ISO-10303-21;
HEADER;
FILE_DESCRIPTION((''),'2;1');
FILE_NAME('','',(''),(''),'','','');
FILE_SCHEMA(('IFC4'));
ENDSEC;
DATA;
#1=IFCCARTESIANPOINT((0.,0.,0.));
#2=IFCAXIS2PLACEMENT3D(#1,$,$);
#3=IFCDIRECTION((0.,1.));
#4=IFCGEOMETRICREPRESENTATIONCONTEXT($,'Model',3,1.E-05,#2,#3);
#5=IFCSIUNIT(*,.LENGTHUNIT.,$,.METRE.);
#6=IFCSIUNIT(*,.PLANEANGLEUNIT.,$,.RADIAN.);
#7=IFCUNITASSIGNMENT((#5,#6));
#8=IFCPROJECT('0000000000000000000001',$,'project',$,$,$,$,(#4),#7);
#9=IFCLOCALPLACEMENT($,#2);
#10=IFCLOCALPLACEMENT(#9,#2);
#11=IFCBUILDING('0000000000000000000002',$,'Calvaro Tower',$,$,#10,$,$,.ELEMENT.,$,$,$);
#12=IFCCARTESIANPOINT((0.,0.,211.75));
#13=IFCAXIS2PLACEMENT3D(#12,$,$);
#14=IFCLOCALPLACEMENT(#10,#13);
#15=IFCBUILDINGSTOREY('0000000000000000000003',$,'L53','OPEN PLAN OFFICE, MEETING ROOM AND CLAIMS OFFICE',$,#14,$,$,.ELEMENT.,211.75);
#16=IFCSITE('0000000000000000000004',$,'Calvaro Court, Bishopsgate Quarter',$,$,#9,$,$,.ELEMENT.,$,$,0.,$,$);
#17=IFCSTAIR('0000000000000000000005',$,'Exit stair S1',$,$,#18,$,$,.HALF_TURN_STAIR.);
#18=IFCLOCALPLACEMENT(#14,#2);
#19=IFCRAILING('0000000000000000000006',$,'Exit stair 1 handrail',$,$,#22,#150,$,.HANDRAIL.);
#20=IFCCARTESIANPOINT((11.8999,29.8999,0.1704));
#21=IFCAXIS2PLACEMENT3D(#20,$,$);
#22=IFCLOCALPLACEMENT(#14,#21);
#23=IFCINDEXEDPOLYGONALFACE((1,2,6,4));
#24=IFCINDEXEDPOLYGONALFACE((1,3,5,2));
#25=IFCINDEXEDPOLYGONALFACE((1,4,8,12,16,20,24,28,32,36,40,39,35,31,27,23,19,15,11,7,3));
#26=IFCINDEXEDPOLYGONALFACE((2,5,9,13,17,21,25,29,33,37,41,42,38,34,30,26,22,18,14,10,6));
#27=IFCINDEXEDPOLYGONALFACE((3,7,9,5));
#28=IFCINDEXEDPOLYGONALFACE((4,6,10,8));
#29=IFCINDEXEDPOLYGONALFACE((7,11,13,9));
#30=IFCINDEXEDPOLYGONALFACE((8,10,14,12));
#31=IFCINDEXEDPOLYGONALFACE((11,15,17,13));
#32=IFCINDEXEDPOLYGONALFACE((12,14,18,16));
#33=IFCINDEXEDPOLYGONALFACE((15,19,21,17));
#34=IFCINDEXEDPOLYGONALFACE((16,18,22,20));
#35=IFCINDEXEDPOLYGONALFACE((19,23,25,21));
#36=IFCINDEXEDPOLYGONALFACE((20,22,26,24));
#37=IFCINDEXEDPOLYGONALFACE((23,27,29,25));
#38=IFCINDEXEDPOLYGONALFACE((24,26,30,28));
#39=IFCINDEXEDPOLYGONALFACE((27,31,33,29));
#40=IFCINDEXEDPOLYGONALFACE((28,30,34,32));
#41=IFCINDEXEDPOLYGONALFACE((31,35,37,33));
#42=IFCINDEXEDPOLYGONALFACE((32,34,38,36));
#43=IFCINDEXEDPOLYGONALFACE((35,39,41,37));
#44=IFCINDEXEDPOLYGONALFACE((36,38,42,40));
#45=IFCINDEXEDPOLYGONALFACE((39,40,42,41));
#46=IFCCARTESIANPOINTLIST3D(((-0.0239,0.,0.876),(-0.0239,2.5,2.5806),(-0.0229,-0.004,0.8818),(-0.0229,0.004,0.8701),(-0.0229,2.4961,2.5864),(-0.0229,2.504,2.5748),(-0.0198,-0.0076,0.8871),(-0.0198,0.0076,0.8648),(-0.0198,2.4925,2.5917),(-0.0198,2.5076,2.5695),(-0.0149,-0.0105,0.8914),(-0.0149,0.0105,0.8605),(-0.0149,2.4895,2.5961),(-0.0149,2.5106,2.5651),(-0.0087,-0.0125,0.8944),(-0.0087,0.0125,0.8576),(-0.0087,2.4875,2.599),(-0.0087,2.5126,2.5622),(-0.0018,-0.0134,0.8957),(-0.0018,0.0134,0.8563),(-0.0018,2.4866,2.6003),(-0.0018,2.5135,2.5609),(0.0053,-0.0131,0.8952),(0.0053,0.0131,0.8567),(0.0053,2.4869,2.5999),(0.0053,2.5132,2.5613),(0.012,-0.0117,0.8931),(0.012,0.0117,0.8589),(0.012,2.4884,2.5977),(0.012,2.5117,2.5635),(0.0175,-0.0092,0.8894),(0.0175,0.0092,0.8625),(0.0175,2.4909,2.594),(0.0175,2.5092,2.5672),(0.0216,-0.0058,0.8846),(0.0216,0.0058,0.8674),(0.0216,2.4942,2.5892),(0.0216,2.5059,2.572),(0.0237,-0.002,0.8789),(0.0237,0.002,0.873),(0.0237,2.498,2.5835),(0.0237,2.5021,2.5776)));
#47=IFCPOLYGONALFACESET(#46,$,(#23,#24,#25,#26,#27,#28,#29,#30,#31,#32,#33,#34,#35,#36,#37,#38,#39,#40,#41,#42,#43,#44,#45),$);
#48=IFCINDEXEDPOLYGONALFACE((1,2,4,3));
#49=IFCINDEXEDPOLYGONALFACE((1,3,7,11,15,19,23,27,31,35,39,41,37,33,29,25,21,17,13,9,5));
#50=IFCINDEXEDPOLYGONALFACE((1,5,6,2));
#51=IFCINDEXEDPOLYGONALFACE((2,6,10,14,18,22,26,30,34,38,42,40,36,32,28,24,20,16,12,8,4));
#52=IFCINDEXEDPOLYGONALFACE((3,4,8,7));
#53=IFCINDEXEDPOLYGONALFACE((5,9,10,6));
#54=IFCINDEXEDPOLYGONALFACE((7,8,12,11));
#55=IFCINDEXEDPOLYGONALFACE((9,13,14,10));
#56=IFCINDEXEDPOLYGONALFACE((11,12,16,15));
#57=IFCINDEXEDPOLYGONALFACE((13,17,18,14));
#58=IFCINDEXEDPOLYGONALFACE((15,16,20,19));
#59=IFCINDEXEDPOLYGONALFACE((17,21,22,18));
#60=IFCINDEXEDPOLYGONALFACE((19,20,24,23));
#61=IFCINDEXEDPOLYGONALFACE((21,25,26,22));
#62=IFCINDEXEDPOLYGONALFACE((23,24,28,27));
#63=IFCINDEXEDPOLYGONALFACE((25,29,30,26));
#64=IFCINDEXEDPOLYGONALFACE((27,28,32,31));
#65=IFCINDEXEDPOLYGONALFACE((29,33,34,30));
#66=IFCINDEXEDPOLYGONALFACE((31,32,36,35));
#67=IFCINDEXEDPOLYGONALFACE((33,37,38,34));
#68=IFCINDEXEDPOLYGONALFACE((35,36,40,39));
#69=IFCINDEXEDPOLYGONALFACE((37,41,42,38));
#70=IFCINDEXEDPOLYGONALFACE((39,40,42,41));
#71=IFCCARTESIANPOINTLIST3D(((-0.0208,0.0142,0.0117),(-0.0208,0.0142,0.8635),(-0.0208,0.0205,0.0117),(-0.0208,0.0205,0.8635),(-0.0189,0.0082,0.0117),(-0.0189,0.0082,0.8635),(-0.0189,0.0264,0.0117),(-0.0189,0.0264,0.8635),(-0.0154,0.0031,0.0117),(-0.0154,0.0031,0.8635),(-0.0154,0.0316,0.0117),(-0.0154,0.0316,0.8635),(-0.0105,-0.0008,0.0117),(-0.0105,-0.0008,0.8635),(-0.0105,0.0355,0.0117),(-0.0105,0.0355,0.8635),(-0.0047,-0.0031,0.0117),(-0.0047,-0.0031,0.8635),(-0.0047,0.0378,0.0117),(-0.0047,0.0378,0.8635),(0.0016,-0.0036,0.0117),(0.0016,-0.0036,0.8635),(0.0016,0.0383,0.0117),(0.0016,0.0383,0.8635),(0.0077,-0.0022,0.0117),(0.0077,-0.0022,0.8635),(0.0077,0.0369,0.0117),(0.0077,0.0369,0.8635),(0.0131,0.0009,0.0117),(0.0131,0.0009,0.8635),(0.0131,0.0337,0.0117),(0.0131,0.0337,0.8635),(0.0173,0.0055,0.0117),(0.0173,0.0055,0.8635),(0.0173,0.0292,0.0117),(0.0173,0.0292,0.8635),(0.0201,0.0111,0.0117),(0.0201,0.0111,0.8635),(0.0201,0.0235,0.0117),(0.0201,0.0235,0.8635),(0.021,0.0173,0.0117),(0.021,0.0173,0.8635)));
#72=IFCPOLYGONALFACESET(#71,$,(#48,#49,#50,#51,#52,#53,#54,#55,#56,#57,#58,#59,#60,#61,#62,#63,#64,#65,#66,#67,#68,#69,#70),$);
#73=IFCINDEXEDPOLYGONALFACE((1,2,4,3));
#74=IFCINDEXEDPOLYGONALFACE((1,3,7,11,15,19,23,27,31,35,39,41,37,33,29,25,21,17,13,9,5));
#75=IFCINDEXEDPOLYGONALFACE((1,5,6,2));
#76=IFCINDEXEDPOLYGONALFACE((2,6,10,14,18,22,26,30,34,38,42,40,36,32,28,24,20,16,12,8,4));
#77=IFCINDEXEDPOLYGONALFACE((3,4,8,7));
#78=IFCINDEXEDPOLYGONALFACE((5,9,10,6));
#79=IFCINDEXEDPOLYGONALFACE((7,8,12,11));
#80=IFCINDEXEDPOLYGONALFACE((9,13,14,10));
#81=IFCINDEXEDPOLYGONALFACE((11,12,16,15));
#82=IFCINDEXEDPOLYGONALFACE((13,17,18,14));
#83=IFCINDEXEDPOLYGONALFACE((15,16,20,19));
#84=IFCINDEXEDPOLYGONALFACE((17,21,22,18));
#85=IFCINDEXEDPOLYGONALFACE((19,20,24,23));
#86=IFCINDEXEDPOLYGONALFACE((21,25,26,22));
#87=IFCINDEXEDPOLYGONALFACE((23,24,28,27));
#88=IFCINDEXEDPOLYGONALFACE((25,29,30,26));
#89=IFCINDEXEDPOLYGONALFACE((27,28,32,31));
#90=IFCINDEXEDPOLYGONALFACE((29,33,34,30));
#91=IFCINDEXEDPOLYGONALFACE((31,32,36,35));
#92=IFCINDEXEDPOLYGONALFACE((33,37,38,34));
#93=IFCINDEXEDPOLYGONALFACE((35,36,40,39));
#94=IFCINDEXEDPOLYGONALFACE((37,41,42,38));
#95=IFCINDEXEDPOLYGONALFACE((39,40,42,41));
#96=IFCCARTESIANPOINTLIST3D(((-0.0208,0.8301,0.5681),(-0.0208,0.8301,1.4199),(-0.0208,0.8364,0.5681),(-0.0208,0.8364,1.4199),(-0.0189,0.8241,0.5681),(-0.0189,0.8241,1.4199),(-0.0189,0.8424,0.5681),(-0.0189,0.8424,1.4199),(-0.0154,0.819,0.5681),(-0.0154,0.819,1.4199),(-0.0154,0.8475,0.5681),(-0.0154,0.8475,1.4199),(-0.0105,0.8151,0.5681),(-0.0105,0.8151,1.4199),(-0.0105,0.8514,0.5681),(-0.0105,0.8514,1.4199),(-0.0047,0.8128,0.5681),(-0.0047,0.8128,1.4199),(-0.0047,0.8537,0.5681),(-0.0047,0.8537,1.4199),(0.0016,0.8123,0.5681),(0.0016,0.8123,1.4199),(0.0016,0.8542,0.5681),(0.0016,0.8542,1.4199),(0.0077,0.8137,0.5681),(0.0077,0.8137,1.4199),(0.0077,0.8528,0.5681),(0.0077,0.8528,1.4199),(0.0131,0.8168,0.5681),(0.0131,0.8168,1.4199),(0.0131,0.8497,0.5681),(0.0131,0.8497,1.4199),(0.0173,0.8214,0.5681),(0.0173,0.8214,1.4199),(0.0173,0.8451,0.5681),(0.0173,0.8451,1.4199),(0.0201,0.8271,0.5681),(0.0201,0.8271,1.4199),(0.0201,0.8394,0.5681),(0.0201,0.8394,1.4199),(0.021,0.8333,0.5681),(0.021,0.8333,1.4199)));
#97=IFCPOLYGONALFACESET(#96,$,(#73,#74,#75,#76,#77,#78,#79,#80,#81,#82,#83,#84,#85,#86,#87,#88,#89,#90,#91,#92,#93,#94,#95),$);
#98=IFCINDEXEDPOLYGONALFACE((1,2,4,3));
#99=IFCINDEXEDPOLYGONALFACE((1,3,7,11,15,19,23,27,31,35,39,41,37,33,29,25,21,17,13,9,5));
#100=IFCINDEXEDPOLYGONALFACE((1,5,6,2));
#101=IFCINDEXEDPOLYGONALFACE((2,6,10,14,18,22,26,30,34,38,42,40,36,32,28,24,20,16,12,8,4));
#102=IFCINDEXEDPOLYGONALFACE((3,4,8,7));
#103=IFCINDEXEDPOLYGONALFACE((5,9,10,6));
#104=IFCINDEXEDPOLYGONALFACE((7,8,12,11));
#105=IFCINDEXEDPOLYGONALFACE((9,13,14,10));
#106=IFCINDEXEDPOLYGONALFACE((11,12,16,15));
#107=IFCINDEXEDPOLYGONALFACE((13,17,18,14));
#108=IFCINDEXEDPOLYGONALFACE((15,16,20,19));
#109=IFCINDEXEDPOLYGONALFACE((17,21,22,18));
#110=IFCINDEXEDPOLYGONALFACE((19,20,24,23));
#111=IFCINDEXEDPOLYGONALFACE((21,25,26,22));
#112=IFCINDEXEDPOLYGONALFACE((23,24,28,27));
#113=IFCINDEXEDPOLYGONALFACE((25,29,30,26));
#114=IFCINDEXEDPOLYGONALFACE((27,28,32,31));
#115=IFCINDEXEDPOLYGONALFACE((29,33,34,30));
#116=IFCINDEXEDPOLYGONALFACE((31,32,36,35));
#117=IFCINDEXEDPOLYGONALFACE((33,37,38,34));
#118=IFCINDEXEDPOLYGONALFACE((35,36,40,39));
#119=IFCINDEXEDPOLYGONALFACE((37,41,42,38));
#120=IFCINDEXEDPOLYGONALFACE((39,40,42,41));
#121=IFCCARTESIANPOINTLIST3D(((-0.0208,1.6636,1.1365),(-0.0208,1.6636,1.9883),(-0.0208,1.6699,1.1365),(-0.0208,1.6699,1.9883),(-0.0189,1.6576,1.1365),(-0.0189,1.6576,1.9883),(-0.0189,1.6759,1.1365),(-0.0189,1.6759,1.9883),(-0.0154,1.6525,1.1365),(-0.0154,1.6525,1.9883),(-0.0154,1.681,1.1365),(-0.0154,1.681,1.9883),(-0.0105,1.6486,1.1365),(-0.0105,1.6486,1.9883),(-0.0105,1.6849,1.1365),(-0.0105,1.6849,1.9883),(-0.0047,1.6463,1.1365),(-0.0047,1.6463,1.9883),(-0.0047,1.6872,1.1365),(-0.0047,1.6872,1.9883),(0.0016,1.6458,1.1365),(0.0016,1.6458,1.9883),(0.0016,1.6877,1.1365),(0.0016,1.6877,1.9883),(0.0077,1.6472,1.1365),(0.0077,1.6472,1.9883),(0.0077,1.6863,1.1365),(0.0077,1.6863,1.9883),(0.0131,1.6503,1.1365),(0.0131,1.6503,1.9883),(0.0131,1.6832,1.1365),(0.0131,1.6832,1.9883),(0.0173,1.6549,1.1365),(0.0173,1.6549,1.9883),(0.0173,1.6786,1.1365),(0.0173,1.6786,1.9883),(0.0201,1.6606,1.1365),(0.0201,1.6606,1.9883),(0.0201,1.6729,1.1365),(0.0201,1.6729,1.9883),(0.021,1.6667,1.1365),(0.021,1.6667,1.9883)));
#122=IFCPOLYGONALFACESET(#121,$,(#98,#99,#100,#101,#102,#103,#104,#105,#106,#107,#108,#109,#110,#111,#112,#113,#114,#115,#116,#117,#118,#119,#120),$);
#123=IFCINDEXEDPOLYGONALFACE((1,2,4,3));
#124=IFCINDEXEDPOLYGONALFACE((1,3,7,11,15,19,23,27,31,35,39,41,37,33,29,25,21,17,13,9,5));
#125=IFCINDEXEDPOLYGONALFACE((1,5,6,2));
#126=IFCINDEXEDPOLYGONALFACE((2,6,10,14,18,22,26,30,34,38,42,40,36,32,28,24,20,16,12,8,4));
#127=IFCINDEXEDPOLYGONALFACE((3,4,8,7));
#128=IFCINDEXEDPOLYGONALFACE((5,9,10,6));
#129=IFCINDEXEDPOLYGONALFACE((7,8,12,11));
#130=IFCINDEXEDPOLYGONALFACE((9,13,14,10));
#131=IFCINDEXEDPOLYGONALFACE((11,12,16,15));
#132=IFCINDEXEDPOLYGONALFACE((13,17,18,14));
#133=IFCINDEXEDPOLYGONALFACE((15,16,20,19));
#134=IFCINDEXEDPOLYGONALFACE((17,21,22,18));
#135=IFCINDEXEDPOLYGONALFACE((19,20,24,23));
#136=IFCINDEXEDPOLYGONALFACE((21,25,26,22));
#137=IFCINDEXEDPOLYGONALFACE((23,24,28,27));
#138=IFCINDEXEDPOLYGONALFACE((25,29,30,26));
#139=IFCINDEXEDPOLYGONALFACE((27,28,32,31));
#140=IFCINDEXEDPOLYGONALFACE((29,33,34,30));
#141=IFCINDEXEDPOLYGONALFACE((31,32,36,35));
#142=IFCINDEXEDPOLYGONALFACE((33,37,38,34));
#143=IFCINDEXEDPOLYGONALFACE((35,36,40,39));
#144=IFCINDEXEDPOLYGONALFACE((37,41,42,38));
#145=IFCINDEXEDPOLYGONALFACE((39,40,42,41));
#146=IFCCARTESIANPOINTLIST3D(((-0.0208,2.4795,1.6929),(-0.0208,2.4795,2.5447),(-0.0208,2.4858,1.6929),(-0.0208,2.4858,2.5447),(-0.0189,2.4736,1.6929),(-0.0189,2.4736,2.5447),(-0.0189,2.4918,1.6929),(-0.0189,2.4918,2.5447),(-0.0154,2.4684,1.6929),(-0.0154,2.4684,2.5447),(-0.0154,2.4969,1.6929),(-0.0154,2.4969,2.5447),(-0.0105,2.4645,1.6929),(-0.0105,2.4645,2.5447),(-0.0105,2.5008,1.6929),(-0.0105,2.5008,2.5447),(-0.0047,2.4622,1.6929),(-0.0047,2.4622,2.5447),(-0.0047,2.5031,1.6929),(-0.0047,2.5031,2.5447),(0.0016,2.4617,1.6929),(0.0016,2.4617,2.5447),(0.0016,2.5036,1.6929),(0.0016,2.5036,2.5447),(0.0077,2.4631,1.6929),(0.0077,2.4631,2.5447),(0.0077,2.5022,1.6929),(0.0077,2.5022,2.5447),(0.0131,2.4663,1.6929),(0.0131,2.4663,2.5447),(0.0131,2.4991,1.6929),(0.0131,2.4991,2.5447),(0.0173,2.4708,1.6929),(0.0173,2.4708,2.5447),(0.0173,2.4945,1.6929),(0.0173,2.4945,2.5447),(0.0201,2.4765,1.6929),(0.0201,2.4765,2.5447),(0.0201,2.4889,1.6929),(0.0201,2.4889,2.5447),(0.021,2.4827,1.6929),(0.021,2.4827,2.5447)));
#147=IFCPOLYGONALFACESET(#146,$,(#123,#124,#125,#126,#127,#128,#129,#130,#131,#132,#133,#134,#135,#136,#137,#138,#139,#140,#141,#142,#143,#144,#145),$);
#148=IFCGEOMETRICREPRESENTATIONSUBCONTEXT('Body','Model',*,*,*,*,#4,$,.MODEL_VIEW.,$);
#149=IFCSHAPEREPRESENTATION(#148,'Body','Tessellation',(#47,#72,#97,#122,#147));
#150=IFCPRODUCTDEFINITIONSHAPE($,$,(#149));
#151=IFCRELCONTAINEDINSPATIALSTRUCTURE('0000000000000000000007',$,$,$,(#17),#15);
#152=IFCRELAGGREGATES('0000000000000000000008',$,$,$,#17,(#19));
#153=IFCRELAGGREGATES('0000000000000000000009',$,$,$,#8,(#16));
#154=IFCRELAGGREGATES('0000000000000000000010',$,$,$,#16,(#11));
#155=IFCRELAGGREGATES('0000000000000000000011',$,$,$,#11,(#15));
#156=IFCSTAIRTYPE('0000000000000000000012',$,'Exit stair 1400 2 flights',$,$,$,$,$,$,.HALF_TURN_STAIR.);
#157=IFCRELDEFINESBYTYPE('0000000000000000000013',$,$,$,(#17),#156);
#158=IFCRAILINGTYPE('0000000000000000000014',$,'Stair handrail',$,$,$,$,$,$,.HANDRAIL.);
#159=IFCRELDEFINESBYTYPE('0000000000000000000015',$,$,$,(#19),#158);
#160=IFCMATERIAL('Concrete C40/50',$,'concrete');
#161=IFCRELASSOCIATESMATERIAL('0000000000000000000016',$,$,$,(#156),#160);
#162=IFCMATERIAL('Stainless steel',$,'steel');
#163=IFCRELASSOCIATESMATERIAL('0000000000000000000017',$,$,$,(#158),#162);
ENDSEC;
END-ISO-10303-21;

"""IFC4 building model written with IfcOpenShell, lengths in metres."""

from ifc_helpers import new_model, si_unit, direction, frame, origin, origin_2d, place, context, subcontext, project, spatial, circle, extrude, material, type_object, element, aggregate, save


model = new_model("IFC4")

# Units and contexts
model_context = context("Model", 3, precision=1e-05, world=origin(), true_north=direction((0.0, 1.0)))
body_context = subcontext(model_context, "Body", "Model", "MODEL_VIEW")
ifc_project = project(units=[si_unit("LENGTHUNIT", "METRE"), si_unit("PLANEANGLEUNIT", "RADIAN")], contexts=[model_context])

# Site, building, storey
site_placement = place(None, origin())
site = spatial("IfcSite", under=ifc_project, at=site_placement, Name="Calvaro Court, Bishopsgate Quarter", CompositionType="ELEMENT", RefElevation=0.0)
building_placement = place(site_placement, origin())
building = spatial("IfcBuilding", under=site, at=building_placement, Name="Calvaro Tower", CompositionType="ELEMENT")
storey_placement = place(building_placement, frame((0.0, 0.0, 211.75)))
storey = spatial("IfcBuildingStorey", under=building, at=storey_placement, Name="L53", Description="OPEN PLAN OFFICE, MEETING ROOM AND CLAIMS OFFICE", CompositionType="ELEMENT", Elevation=211.75)

# Stair, railing
ifc_material_1 = material(Name="Concrete C40/50", Category="concrete")
stair_type = type_object("IfcStairType", Name="Exit stair 1400 2 flights", PredefinedType="HALF_TURN_STAIR", material=ifc_material_1)
stair_placement = place(storey_placement, origin())
stair = element("IfcStair", 1, at=stair_placement, inside=storey, type_object=stair_type, Name="Exit stair S1", PredefinedType="HALF_TURN_STAIR")
ifc_material_2 = material(Name="Stainless steel", Category="steel")
railing_type = type_object("IfcRailingType", Name="Stair handrail", PredefinedType="HANDRAIL", material=ifc_material_2)
railing_1_placement = place(storey_placement, frame((11.8999, 29.8999, 0.1704)))
railing_1 = element("IfcRailing", 2, at=railing_1_placement, type_object=railing_type, Name="Exit stair 1 handrail", PredefinedType="HANDRAIL", context=body_context, shape_type="SweptSolid", body=[
    extrude(circle(Radius=0.0239, at=origin_2d()), frame((0.0, 0.0, 0.876), z_axis=(0.0, 0.826221, 0.563347), x_axis=(-1.0, 0.0, 0.0)), (0.0, 0.0, 1.0), 3.0259),
    extrude(circle(Radius=0.021, at=origin_2d()), frame((0.0, 0.0173, 0.0117)), (0.0, 0.0, 1.0), 0.8518),
    extrude(circle(Radius=0.021, at=origin_2d()), frame((0.0, 0.8333, 0.5681)), (0.0, 0.0, 1.0), 0.8518),
    extrude(circle(Radius=0.021, at=origin_2d()), frame((0.0, 1.6667, 1.1365)), (0.0, 0.0, 1.0), 0.8518),
    extrude(circle(Radius=0.021, at=origin_2d()), frame((0.0, 2.4827, 1.6929)), (0.0, 0.0, 1.0), 0.8518),
])
aggregate(stair, [railing_1])

save(model, "model.ifc")
